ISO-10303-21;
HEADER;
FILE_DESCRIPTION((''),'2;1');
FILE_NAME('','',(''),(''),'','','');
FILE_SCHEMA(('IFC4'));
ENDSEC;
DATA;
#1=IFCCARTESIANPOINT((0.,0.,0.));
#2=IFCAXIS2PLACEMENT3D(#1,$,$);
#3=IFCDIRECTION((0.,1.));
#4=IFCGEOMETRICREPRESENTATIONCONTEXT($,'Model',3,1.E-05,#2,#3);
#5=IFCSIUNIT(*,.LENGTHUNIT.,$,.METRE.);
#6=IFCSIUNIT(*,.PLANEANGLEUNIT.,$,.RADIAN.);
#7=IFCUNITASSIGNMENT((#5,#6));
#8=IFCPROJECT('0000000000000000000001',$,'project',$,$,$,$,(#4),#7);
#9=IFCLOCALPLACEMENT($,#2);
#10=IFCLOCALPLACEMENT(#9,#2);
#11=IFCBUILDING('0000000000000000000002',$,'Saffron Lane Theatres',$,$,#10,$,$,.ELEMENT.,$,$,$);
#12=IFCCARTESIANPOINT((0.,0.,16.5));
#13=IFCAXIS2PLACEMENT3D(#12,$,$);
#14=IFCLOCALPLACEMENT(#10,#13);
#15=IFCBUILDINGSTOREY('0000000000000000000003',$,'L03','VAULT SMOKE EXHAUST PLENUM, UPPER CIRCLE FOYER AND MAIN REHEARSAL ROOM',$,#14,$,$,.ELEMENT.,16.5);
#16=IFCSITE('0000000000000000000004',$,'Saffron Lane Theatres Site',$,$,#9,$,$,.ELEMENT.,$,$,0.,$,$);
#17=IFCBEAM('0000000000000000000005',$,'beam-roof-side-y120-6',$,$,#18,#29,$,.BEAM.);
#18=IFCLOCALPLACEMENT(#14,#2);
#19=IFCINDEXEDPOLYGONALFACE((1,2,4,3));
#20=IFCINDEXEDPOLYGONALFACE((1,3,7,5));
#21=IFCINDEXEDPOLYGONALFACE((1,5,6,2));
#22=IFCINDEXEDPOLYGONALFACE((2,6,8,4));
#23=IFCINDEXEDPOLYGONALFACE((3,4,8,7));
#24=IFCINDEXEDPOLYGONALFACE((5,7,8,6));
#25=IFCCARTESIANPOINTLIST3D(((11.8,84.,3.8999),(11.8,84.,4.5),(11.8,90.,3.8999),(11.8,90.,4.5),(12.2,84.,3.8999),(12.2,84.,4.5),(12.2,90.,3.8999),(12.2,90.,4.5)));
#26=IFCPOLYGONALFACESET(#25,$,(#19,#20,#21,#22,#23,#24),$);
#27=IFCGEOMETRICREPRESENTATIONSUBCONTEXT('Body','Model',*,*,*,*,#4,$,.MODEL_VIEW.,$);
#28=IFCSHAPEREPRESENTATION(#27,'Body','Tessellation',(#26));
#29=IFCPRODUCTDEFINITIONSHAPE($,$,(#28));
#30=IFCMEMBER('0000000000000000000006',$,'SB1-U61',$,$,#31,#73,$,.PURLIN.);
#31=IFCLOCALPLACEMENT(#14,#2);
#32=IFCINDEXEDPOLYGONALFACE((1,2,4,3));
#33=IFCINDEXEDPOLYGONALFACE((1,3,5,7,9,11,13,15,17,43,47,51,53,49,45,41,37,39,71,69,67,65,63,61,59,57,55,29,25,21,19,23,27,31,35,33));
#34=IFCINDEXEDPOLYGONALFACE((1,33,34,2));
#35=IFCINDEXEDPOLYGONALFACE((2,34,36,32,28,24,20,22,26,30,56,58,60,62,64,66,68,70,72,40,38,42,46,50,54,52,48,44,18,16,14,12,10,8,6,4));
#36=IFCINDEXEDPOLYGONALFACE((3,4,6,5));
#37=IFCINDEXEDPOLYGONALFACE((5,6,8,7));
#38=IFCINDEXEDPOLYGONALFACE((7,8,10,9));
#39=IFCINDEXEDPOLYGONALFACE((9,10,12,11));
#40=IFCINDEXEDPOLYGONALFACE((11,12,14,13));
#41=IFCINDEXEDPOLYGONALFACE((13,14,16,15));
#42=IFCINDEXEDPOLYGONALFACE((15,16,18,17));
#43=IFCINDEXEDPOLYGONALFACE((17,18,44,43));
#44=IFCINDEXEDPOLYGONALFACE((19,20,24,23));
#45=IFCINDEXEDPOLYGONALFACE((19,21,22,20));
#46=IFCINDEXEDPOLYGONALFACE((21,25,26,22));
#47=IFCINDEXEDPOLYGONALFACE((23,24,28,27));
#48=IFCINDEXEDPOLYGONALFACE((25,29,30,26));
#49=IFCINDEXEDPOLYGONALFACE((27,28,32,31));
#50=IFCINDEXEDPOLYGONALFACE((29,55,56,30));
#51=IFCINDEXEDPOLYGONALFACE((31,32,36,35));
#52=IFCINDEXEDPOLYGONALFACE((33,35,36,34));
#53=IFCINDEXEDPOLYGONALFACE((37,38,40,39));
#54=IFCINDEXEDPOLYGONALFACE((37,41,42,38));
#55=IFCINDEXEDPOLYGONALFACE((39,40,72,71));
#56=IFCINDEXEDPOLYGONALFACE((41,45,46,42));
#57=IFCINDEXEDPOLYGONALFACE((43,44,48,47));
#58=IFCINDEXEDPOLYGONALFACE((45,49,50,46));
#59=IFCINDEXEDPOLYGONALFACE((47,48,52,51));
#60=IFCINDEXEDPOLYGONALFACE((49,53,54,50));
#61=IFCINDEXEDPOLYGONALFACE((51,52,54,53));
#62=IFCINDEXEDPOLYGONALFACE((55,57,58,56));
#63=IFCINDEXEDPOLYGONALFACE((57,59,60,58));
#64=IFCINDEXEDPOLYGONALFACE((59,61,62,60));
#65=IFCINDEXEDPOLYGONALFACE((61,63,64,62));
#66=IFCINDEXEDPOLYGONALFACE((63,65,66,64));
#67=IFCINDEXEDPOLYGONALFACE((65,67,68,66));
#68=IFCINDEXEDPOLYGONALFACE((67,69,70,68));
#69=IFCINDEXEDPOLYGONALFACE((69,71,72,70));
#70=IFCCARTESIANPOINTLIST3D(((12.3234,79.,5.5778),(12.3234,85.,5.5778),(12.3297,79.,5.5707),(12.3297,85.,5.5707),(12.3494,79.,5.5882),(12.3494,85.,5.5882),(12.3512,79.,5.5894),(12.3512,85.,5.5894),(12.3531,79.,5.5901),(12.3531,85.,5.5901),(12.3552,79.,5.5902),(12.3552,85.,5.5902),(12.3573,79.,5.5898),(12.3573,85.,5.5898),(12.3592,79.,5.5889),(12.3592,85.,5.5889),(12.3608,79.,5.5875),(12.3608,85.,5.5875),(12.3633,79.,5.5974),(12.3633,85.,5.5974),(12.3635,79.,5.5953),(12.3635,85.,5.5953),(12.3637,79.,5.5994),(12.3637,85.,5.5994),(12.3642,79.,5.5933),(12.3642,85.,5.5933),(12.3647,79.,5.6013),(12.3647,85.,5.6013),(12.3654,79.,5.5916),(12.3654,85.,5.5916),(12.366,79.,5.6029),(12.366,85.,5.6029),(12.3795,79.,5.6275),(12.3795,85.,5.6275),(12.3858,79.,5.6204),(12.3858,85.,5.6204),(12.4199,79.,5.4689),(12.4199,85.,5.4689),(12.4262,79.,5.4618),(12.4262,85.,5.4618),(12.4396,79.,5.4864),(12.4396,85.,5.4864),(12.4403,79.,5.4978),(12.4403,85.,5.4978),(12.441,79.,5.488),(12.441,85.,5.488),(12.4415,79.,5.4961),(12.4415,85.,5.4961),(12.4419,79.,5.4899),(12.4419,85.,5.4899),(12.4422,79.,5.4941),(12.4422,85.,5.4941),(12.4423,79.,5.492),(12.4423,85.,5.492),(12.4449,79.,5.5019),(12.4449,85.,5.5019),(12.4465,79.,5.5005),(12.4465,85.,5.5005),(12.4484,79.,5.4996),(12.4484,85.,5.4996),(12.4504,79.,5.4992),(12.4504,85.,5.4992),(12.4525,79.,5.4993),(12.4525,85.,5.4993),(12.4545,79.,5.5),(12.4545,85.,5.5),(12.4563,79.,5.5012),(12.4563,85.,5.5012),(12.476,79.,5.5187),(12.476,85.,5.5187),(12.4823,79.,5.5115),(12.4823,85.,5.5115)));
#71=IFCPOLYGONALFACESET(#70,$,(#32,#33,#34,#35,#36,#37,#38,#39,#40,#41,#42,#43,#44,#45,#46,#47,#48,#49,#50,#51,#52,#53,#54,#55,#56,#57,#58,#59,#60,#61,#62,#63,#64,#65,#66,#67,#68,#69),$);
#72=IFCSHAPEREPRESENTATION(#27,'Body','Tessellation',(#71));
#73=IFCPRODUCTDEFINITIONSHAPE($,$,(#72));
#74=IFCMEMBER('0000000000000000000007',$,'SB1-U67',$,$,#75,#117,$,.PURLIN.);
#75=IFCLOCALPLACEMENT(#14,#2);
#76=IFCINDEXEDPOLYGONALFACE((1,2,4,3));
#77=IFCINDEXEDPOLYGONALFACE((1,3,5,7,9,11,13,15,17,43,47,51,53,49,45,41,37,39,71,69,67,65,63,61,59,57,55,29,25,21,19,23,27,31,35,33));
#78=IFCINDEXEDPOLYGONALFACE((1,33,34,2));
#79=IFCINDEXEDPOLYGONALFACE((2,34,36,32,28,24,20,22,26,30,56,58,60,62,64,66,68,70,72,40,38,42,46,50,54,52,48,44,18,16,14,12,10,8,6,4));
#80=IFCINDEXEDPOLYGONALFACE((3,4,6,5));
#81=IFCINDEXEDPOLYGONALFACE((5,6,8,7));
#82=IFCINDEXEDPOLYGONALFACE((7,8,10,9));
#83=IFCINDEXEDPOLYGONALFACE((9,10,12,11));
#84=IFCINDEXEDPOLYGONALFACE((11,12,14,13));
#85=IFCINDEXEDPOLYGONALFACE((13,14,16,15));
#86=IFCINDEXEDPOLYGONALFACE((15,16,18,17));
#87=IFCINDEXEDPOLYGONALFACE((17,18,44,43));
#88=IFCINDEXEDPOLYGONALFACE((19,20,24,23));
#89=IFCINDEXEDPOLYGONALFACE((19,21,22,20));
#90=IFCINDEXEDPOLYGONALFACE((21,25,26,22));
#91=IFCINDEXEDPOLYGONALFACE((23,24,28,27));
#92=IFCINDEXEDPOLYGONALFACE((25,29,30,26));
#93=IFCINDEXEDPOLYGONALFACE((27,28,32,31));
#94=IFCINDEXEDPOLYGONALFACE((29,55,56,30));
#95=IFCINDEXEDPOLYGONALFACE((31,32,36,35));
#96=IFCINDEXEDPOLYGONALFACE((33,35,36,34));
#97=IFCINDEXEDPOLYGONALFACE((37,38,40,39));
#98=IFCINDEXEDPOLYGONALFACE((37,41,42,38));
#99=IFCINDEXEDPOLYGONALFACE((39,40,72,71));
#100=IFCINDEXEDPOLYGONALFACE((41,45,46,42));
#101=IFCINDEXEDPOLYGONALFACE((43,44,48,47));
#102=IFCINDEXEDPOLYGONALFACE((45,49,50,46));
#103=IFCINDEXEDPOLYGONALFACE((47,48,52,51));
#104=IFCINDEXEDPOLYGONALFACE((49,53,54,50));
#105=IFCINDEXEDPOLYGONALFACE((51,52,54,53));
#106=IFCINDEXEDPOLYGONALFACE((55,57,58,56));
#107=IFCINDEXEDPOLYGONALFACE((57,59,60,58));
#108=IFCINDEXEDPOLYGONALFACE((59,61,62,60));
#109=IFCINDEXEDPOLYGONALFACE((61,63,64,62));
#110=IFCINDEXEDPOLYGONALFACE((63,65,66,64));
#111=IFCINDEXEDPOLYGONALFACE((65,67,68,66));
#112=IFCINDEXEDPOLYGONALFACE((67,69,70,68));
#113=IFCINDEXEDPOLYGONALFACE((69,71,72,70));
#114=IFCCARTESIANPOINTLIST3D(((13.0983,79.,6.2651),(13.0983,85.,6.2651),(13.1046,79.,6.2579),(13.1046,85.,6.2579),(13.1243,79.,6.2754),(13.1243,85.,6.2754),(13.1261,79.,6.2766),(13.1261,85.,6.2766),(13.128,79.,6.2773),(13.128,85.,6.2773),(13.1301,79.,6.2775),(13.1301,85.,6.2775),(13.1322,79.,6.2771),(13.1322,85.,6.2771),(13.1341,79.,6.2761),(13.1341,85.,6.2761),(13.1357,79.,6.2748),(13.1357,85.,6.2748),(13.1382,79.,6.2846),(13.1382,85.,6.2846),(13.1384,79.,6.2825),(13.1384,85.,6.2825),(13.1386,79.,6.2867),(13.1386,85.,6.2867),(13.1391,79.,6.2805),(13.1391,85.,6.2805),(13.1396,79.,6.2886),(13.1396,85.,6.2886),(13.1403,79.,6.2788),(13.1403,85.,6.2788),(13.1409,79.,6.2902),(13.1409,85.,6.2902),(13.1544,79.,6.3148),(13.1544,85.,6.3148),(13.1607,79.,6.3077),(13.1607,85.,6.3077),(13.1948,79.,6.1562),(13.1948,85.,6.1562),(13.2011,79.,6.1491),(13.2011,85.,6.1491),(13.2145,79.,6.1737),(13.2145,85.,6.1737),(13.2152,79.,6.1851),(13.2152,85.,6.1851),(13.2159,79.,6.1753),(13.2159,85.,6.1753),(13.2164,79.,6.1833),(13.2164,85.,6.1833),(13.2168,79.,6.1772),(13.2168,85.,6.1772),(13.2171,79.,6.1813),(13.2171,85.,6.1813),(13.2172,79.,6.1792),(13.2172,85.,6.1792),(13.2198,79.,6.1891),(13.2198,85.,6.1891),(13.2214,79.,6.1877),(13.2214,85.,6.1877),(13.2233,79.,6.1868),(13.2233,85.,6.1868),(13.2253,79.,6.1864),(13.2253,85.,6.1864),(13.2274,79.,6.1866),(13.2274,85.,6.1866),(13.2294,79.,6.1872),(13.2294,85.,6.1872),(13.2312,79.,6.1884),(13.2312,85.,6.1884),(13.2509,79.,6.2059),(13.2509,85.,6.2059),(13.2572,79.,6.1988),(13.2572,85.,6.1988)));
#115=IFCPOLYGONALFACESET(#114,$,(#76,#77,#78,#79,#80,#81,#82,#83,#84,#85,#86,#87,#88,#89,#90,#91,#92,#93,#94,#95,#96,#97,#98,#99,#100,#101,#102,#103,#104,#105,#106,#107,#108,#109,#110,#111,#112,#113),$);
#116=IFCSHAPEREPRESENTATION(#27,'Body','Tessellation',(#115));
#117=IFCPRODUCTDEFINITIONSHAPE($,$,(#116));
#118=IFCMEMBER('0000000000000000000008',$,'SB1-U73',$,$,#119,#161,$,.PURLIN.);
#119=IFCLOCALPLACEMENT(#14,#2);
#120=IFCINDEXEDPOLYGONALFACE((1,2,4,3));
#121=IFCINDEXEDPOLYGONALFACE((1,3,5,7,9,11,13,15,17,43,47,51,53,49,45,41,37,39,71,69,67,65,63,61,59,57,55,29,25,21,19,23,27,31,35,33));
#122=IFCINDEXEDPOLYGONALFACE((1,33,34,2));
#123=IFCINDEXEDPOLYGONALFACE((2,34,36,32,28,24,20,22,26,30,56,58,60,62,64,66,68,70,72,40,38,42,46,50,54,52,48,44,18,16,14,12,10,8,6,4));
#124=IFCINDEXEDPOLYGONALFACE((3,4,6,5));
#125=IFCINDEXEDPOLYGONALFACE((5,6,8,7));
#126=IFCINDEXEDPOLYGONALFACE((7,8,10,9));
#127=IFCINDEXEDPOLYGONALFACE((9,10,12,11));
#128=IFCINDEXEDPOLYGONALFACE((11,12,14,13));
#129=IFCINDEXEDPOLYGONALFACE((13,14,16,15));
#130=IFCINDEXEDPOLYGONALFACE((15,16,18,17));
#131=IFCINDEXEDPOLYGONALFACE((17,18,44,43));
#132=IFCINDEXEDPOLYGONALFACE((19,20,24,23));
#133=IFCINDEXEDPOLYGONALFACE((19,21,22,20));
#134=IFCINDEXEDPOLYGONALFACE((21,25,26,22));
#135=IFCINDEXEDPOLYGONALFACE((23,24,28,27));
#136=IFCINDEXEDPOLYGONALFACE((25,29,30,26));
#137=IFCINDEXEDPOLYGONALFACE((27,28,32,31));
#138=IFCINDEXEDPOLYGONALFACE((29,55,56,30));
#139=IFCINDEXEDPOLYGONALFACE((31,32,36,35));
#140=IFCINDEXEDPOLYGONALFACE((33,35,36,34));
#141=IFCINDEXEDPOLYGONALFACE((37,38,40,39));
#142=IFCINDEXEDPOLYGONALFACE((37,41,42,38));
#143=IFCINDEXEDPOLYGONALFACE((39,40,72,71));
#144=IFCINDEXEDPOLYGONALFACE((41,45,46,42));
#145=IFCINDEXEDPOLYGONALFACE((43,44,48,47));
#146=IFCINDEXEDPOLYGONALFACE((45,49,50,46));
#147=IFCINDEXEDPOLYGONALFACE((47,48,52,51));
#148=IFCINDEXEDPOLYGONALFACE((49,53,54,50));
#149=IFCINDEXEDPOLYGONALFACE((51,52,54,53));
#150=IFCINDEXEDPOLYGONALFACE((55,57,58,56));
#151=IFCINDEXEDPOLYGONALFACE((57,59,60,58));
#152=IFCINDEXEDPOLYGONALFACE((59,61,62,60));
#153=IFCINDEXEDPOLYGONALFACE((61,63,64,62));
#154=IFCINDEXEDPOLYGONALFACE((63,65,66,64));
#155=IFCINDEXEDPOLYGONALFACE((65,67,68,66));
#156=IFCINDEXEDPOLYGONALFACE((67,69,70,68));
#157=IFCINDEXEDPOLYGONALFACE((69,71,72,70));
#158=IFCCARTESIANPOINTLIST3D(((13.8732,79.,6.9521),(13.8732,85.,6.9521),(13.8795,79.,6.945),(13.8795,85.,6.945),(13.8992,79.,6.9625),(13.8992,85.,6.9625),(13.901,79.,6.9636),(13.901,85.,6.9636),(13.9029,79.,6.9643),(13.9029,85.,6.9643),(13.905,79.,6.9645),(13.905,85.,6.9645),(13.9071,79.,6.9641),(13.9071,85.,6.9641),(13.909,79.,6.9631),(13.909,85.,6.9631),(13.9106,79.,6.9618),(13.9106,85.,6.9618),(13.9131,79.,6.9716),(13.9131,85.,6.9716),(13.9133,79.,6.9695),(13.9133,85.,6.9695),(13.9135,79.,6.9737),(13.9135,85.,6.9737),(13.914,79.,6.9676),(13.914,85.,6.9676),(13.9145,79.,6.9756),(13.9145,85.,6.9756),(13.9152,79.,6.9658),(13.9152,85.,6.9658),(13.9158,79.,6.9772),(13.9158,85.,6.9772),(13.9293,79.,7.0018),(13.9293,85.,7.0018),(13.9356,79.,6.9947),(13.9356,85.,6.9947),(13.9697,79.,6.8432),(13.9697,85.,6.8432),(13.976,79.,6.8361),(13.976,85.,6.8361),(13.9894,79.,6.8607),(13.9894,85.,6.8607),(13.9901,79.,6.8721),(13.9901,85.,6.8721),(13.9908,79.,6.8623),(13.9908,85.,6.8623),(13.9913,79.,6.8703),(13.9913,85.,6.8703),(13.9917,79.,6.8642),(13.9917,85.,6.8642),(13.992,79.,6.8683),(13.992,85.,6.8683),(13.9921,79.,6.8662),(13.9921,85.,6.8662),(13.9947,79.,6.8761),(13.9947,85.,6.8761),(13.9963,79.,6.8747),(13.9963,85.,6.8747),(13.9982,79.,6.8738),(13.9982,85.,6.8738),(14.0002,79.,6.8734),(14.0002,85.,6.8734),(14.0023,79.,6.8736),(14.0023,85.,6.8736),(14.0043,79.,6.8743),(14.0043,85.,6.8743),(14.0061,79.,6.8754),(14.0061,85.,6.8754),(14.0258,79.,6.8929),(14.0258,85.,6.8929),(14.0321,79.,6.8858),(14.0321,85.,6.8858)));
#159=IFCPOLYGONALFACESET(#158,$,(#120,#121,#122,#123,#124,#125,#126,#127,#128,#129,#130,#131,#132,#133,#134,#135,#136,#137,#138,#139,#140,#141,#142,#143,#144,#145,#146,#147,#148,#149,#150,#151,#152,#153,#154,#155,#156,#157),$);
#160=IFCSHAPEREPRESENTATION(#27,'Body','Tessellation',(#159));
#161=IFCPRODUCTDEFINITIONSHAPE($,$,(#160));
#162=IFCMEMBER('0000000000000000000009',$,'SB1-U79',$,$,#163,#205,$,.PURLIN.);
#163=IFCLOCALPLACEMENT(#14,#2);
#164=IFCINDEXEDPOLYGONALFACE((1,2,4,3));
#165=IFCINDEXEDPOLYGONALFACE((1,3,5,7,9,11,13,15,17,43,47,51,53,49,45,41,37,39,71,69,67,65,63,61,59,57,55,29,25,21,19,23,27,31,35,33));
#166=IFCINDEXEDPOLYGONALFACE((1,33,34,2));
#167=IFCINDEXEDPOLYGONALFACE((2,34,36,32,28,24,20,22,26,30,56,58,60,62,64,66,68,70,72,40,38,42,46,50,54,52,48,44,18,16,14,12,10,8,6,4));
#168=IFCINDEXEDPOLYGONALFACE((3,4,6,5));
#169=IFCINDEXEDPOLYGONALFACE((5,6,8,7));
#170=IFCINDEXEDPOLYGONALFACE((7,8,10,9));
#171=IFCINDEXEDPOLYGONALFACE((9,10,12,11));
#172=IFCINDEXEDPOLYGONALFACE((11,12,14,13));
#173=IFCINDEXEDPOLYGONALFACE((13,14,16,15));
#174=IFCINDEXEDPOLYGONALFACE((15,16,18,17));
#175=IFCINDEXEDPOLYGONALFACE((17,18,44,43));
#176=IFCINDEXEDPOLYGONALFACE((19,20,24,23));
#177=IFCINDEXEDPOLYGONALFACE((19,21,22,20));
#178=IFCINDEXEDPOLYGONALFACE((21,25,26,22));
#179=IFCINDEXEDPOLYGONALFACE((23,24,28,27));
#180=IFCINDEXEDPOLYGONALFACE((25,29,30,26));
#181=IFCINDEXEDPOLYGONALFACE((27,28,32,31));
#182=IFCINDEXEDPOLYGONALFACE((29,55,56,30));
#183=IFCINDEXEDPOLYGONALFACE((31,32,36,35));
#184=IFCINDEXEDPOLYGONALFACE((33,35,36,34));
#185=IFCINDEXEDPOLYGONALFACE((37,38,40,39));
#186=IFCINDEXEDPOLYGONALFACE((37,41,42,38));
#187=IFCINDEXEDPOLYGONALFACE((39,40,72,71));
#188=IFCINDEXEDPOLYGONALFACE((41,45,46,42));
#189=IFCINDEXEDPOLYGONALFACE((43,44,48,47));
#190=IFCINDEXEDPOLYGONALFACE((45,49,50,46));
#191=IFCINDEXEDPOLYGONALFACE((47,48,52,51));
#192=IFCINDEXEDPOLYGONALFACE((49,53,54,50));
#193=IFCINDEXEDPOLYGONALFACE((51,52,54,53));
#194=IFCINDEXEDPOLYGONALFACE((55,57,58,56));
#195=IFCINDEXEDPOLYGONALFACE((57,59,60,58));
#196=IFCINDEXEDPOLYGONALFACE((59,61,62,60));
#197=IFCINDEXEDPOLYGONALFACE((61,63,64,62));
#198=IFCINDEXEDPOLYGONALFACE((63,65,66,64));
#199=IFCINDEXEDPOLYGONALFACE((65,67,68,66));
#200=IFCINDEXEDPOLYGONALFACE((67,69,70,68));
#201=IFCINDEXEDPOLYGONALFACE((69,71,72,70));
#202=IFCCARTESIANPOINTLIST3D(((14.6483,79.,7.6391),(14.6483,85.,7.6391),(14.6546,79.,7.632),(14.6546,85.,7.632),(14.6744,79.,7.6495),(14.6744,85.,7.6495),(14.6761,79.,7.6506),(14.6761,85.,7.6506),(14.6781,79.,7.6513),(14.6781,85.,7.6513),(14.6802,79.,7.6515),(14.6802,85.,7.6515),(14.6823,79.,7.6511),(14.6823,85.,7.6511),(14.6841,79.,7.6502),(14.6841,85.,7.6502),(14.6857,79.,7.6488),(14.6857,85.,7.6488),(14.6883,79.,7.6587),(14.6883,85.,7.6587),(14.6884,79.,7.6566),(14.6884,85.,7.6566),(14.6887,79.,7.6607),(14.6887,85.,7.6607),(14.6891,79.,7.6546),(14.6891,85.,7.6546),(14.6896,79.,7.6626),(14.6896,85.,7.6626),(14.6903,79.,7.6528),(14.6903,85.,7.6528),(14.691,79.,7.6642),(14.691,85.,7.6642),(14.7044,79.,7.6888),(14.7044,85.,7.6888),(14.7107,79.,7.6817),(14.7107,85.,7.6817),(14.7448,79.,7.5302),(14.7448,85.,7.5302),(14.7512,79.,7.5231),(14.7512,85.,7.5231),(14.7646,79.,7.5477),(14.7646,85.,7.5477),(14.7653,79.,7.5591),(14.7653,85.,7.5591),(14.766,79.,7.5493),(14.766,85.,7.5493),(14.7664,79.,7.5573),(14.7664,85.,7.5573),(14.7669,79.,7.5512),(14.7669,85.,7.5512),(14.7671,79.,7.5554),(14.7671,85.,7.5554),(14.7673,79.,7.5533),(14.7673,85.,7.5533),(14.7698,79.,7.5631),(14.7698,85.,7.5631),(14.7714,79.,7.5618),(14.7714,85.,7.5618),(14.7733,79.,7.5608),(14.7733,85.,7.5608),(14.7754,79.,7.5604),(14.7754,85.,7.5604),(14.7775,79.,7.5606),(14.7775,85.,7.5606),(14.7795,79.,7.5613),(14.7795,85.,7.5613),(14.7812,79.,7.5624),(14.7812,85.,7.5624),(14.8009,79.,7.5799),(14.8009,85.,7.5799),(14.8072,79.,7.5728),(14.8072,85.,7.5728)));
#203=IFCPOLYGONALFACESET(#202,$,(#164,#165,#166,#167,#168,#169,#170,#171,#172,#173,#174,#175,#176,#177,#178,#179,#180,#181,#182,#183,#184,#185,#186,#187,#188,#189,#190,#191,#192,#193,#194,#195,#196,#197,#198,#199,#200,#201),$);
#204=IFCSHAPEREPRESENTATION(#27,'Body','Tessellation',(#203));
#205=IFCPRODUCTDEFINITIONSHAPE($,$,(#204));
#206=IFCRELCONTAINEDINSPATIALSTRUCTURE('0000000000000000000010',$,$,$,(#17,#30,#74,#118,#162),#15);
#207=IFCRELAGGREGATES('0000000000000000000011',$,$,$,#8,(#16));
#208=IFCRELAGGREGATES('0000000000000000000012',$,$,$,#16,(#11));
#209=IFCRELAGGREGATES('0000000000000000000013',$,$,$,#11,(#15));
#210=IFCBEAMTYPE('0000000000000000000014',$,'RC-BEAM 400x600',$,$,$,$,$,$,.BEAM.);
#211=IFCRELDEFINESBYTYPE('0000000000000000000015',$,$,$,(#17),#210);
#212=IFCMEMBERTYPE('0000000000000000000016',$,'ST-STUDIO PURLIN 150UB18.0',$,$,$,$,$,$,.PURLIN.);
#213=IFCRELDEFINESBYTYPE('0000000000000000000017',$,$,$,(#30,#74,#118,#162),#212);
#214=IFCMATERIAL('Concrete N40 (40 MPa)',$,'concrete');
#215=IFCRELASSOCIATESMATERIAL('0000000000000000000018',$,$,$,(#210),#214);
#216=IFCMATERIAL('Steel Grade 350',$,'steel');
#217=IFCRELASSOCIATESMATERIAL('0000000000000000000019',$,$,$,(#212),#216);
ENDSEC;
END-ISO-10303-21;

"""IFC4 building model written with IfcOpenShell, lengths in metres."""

from ifc_helpers import new_model, si_unit, direction, frame, origin, origin_2d, place, context, subcontext, project, spatial, rectangle, i_section, extrude, material, material_profile, profile_set, type_object, element, save


model = new_model("IFC4")

# Units and contexts
model_context = context("Model", 3, precision=1e-05, world=origin(), true_north=direction((0.0, 1.0)))
body_context = subcontext(model_context, "Body", "Model", "MODEL_VIEW")
ifc_project = project(units=[si_unit("LENGTHUNIT", "METRE"), si_unit("PLANEANGLEUNIT", "RADIAN")], contexts=[model_context])

# Site, building, storey
site_placement = place(None, origin())
site = spatial("IfcSite", under=ifc_project, at=site_placement, Name="Saffron Lane Theatres Site", CompositionType="ELEMENT", RefElevation=0.0)
building_placement = place(site_placement, origin())
building = spatial("IfcBuilding", under=site, at=building_placement, Name="Saffron Lane Theatres", CompositionType="ELEMENT")
storey_placement = place(building_placement, frame((0.0, 0.0, 16.5)))
storey = spatial("IfcBuildingStorey", under=building, at=storey_placement, Name="L03", Description="VAULT SMOKE EXHAUST PLENUM, UPPER CIRCLE FOYER AND MAIN REHEARSAL ROOM", CompositionType="ELEMENT", Elevation=16.5)

# Beam
ifc_material_1 = material(Name="Concrete N40 (40 MPa)", Category="concrete")
ifc_material_profile_1 = material_profile(ifc_material_1, rectangle(XDim=0.3999, YDim=0.6001, at=origin_2d()))
ifc_profile_set_1 = profile_set([ifc_material_profile_1], Name="Concrete N40 (40 MPa)")
beam_type = type_object("IfcBeamType", Name="RC-BEAM 400x600", PredefinedType="BEAM", material=ifc_profile_set_1)
beam_placement = place(storey_placement, frame((12.0, 84.0, 4.2), z_axis=(0.0, 1.0, 0.0), x_axis=(-1.0, 0.0, 0.0)))
element("IfcBeam", 1, at=beam_placement, inside=storey, type_object=beam_type, Name="beam-roof-side-y120-6", PredefinedType="BEAM", context=body_context, shape_type="SweptSolid", body=[
    extrude(rectangle(XDim=0.3999, YDim=0.6001, at=origin_2d()), origin(), (0.0, 0.0, 1.0), 6.0),
])

# Members
ifc_material_2 = material(Name="Steel Grade 350", Category="steel")
ifc_material_profile_2 = material_profile(ifc_material_2, i_section(OverallWidth=0.075, OverallDepth=0.155, WebThickness=0.0061, FlangeThickness=0.0095, FilletRadius=0.0081, at=origin_2d()))
ifc_profile_set_2 = profile_set([ifc_material_profile_2], Name="Steel Grade 350")
member_type_1 = type_object("IfcMemberType", Name="ST-STUDIO PURLIN 150UB18.0", PredefinedType="PURLIN", material=ifc_profile_set_2)
for number, where, z_axis, x_axis, name in (
    (2, (12.4028, 79.0, 5.5447), (0.0, 1.0, 0.0), (-0.748269, 0.0, -0.663396), "SB1-U61"),
    (3, (13.1777, 79.0, 6.2319), (0.0, 1.0, 0.0), (-0.748269, 0.0, -0.663396), "SB1-U67"),
    (4, (13.9526, 79.0, 6.9189), (0.0, 1.0, 0.0), (-0.748269, 0.0, -0.663396), "SB1-U73"),
    (5, (14.7278, 79.0, 7.606), (0.0, 1.0, 0.0), (-0.748269, 0.0, -0.663396), "SB1-U79"),
):
    element("IfcMember", number, at=place(storey_placement, frame(where, z_axis=z_axis, x_axis=x_axis)), inside=storey, type_object=member_type_1, Name=name, PredefinedType="PURLIN", context=body_context, shape_type="SweptSolid", body=[
        extrude(i_section(OverallWidth=0.075, OverallDepth=0.155, WebThickness=0.0061, FlangeThickness=0.0095, FilletRadius=0.0081, at=origin_2d()), origin(), (0.0, 0.0, 1.0), 6.0),
    ])

save(model, "model.ifc")
